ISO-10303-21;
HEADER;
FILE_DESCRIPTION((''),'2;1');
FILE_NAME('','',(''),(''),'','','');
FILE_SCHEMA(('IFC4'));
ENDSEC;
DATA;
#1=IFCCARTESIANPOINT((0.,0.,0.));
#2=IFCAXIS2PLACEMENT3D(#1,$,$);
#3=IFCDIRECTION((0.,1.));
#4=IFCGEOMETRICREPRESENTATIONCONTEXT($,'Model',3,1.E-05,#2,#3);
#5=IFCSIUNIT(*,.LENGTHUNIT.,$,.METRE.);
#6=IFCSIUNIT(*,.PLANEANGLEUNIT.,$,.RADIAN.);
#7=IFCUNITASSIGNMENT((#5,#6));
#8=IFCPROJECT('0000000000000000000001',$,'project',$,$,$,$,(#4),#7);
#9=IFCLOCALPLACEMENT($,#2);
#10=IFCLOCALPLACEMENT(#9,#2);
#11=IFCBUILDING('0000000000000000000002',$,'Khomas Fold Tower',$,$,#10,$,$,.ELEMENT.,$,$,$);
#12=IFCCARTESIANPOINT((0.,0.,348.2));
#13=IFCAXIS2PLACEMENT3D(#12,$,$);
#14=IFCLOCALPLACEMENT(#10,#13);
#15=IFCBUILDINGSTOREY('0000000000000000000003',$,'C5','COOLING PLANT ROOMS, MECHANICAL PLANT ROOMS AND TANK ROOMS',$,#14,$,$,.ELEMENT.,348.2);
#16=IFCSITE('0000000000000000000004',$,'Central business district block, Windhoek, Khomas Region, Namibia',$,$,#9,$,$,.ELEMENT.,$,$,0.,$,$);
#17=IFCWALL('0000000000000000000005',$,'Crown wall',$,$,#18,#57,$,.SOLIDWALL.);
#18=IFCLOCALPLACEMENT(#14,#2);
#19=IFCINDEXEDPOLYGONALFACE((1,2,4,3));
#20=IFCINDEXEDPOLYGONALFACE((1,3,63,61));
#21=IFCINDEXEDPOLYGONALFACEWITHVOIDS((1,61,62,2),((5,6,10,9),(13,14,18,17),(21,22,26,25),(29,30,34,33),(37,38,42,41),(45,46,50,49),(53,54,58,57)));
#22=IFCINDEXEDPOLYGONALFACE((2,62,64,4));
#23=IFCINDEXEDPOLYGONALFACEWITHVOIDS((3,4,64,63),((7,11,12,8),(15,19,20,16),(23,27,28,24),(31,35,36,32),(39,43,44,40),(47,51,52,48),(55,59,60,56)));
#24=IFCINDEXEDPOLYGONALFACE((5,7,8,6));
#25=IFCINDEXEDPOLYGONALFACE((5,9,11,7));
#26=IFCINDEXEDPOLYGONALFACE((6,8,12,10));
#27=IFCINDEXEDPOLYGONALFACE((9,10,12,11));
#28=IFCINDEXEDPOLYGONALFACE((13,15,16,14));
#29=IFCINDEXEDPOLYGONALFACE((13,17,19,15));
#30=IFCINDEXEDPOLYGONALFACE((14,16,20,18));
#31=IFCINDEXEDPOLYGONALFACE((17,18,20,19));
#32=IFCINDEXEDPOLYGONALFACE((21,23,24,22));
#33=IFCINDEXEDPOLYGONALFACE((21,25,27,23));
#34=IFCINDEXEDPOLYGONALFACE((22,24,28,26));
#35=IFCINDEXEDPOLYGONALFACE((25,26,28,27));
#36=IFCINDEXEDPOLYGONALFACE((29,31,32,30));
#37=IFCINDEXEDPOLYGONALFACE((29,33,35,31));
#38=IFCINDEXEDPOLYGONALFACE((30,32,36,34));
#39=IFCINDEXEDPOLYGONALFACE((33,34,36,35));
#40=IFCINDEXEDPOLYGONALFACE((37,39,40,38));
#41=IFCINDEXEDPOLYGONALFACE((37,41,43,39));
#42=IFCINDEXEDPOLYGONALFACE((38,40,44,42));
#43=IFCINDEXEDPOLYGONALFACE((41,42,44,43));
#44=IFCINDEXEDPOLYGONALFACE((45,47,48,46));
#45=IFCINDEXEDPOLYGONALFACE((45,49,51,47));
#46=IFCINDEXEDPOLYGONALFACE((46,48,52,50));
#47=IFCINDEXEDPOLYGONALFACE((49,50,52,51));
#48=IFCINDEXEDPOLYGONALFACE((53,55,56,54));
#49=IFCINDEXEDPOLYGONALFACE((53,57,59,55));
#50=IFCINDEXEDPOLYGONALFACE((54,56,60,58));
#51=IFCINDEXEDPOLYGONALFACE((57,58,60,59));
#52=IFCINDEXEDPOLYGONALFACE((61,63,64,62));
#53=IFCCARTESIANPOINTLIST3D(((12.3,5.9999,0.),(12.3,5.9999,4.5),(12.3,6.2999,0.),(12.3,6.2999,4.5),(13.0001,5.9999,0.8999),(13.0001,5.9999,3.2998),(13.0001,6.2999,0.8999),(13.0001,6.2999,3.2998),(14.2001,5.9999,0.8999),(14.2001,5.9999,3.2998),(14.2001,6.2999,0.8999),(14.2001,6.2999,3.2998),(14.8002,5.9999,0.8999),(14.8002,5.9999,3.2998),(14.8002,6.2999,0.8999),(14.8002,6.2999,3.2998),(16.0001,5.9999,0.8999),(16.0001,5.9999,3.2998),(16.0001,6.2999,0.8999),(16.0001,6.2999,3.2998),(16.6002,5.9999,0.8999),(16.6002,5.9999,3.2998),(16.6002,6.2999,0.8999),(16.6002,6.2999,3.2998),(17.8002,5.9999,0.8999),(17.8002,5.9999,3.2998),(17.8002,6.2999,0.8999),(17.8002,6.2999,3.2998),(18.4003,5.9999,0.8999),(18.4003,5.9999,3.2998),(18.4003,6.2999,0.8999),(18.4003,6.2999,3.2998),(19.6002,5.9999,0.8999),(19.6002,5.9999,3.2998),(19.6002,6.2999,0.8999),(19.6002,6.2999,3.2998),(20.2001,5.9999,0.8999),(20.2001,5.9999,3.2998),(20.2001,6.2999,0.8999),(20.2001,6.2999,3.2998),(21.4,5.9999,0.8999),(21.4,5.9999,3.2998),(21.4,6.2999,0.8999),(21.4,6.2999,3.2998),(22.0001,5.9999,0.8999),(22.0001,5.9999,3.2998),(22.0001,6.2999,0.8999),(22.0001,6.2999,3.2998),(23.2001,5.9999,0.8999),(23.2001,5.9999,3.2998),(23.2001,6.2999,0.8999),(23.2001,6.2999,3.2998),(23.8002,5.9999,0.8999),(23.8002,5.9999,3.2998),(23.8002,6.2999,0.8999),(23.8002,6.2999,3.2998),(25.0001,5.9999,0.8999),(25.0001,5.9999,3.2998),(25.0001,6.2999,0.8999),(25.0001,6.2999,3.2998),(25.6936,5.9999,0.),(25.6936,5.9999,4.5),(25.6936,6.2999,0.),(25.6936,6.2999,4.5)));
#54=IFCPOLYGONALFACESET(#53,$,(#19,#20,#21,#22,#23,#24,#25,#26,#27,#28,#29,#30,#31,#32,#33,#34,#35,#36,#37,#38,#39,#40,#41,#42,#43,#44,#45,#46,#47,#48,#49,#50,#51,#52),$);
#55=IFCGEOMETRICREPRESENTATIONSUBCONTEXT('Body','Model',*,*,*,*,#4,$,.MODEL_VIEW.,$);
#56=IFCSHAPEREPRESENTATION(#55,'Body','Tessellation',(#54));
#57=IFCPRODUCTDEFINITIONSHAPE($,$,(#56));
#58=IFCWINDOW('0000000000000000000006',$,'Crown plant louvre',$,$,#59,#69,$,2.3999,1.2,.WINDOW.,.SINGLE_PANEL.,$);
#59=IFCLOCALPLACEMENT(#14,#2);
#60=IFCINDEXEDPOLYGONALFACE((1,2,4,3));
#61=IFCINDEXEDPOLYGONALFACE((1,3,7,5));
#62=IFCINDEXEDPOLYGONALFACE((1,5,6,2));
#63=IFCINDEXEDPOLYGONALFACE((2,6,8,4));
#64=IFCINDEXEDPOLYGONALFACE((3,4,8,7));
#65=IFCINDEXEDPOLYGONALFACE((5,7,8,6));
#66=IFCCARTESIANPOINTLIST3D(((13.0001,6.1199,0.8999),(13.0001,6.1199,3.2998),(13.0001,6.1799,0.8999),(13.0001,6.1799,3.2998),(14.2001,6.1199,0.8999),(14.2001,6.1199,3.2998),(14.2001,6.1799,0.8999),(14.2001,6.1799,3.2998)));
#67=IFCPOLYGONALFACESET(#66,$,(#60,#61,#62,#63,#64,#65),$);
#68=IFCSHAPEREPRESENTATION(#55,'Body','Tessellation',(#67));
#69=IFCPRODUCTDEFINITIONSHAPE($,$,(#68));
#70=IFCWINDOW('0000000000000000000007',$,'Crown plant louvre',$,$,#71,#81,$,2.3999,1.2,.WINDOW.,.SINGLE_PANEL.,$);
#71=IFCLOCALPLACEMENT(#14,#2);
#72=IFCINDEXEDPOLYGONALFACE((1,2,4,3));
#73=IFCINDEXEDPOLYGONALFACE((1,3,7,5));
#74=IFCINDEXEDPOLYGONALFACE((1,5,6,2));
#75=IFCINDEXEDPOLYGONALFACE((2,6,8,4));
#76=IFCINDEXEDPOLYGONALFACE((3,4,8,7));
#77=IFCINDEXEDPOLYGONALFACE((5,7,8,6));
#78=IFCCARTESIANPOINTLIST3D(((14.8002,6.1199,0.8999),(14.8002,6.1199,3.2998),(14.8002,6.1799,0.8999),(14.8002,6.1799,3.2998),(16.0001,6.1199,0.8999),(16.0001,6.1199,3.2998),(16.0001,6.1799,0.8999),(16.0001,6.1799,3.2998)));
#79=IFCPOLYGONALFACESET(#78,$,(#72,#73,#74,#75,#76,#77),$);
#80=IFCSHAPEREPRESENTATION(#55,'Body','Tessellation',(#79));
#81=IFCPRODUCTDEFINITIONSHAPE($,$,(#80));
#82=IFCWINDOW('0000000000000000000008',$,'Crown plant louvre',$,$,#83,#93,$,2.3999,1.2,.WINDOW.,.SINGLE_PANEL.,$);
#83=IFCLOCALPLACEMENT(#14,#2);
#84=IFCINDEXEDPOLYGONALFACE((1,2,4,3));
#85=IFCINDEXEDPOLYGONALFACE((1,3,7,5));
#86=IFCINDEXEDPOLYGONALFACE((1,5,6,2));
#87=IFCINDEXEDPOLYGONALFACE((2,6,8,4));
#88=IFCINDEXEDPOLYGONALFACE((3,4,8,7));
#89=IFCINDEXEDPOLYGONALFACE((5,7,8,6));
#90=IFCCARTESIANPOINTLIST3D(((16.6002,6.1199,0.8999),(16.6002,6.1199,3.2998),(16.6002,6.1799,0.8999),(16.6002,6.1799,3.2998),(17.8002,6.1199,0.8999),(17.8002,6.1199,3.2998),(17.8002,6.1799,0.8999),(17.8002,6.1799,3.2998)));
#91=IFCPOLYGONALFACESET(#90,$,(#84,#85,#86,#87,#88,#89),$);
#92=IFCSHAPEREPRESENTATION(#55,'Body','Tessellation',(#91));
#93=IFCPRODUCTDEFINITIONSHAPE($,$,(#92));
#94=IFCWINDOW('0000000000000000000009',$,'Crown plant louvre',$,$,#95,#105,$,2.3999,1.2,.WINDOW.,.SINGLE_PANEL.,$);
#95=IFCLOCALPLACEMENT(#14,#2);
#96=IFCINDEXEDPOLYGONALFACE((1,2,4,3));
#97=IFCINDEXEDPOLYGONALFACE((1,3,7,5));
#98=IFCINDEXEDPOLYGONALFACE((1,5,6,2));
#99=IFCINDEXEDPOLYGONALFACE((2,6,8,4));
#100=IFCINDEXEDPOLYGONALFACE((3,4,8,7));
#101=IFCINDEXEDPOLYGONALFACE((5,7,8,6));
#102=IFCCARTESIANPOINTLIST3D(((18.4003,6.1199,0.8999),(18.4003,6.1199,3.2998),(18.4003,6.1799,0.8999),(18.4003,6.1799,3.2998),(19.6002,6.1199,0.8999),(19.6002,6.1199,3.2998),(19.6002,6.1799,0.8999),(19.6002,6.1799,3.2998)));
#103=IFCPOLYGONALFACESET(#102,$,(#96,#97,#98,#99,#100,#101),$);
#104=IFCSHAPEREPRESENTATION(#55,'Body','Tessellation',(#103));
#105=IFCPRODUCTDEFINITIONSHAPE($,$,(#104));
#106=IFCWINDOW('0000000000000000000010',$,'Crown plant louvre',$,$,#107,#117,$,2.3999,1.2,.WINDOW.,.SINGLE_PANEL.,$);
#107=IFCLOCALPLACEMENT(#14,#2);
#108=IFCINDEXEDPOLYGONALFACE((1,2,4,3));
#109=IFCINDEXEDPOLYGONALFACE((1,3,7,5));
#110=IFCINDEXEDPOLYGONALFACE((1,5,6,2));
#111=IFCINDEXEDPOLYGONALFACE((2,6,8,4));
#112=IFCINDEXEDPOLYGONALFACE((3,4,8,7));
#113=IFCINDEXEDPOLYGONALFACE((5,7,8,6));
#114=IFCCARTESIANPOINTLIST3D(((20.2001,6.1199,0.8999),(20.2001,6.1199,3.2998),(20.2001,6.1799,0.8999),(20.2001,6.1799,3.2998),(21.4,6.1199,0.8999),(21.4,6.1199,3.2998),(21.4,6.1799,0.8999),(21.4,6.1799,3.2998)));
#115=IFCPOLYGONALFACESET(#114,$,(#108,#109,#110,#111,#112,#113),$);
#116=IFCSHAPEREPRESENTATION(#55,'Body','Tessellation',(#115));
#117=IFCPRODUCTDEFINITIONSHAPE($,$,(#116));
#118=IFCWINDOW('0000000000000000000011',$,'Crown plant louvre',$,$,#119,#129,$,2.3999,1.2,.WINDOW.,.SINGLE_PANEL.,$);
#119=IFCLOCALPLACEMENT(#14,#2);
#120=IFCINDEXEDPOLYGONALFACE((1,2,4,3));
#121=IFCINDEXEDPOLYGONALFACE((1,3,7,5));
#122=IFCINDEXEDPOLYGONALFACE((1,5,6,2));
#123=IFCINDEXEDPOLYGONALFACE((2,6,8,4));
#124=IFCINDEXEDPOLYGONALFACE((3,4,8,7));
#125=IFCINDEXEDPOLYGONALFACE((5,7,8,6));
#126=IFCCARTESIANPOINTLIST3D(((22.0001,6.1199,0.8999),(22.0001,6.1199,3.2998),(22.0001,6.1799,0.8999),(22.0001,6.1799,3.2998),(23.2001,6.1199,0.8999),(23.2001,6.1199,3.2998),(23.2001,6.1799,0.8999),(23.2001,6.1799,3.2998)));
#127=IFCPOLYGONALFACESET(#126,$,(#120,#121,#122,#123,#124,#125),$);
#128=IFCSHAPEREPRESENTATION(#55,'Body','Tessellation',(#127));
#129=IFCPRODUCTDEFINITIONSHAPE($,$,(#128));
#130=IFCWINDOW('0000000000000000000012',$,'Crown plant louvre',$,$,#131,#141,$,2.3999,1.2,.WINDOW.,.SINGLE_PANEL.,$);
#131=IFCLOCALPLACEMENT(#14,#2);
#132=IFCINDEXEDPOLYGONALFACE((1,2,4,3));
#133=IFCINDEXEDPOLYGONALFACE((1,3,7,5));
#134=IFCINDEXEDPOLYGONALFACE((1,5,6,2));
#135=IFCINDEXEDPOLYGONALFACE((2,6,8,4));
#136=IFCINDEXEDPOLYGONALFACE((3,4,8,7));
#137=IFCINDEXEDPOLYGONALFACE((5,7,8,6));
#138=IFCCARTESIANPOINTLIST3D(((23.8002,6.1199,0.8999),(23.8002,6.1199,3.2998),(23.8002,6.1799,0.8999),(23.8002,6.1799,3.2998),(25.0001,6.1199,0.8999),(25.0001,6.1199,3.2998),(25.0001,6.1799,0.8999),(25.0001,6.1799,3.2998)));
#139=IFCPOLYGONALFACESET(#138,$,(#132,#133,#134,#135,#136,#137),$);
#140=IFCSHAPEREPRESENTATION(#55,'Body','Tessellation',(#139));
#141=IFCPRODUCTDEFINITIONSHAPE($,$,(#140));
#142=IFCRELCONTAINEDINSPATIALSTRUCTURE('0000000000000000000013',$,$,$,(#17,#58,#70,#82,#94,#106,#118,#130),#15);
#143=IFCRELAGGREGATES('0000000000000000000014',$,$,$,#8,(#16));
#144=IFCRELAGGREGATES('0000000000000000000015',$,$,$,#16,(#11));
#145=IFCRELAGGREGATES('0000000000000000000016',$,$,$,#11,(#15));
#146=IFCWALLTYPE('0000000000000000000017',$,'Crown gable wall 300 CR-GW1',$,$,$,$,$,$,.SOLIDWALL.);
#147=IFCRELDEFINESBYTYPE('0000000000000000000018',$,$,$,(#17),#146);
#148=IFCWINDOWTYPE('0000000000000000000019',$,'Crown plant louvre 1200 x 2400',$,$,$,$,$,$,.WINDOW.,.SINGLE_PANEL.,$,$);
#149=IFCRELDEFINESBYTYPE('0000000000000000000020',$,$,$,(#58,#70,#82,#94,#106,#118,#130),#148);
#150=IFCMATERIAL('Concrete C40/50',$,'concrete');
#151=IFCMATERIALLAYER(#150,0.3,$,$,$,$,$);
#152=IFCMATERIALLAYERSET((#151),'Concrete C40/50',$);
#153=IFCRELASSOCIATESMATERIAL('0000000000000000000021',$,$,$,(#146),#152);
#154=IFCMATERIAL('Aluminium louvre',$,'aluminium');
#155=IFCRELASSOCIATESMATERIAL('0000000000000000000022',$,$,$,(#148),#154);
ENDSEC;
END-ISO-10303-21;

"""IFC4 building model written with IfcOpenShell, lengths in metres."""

from ifc_helpers import new_model, si_unit, direction, frame, frame_2d, origin, place, context, subcontext, project, spatial, rectangle, extrude, source, transform, mapped, material, layer, layer_set, type_object, element, fill, save


model = new_model("IFC4")

# Units and contexts
model_context = context("Model", 3, precision=1e-05, world=origin(), true_north=direction((0.0, 1.0)))
body_context = subcontext(model_context, "Body", "Model", "MODEL_VIEW")
ifc_project = project(units=[si_unit("LENGTHUNIT", "METRE"), si_unit("PLANEANGLEUNIT", "RADIAN")], contexts=[model_context])

# Site, building, storey
site_placement = place(None, origin())
site = spatial("IfcSite", under=ifc_project, at=site_placement, Name="Central business district block, Windhoek, Khomas Region, Namibia", CompositionType="ELEMENT", RefElevation=0.0)
building_placement = place(site_placement, origin())
building = spatial("IfcBuilding", under=site, at=building_placement, Name="Khomas Fold Tower", CompositionType="ELEMENT")
storey_placement = place(building_placement, frame((0.0, 0.0, 348.2)))
storey = spatial("IfcBuildingStorey", under=building, at=storey_placement, Name="C5", Description="COOLING PLANT ROOMS, MECHANICAL PLANT ROOMS AND TANK ROOMS", CompositionType="ELEMENT", Elevation=348.2)

# Wall, openings, windows
ifc_material_1 = material(Name="Concrete C40/50", Category="concrete")
ifc_layer_1 = layer(ifc_material_1, 0.3)
ifc_layer_set_1 = layer_set([ifc_layer_1], Name="Concrete C40/50")
wall_type_1 = type_object("IfcWallType", Name="Crown gable wall 300 CR-GW1", PredefinedType="SOLIDWALL", material=ifc_layer_set_1)
shared_shape_1 = source(origin(), body_context, "Body", "SweptSolid", [
    extrude(rectangle(XDim=1.2, YDim=2.3999, at=frame_2d((0.6001, 1.2))), frame((0.0, 0.1599, 0.0), z_axis=(0.0, -1.0, 0.0), x_axis=(1.0, 0.0, 0.0)), (0.0, 0.0, 1.0), 0.3201),
])
ifc_material_2 = material(Name="Aluminium louvre", Category="aluminium")
window_type = type_object("IfcWindowType", Name="Crown plant louvre 1200 x 2400", PartitioningType="SINGLE_PANEL", PredefinedType="WINDOW", material=ifc_material_2)
shared_shape_2 = source(origin(), body_context, "Body", "SweptSolid", [
    extrude(rectangle(XDim=1.2, YDim=2.3999, at=frame_2d((0.6001, 1.2))), frame((0.0, 0.03, 0.0), z_axis=(0.0, -1.0, 0.0), x_axis=(1.0, 0.0, 0.0)), (0.0, 0.0, 1.0), 0.0601),
])
shared_shape_3 = source(origin(), body_context, "Body", "SweptSolid", [
    extrude(rectangle(XDim=13.3936, YDim=0.3, at=frame_2d((6.6968, 0.0))), origin(), (0.0, 0.0, 1.0), 4.5),
])
wall_1_placement = place(storey_placement, frame((12.3, 6.1499, 0.0), z_axis=(0.0, 0.0, 1.0), x_axis=(1.0, 0.0, 0.0)))
wall_1 = element("IfcWall", 1, at=wall_1_placement, inside=storey, type_object=wall_type_1, Name="Crown wall", PredefinedType="SOLIDWALL", context=body_context, shape_type="MappedRepresentation", body=[
    mapped(shared_shape_3, transform((0.0, 0.0, 0.0))),
])
opening_1_placement = place(wall_1_placement, frame((0.7, 0.0, 0.8999)))
opening_1 = element("IfcOpeningElement", 2, at=opening_1_placement, cuts=wall_1, PredefinedType="OPENING", context=body_context, shape_type="MappedRepresentation", body=[
    mapped(shared_shape_1, transform((0.0, 0.0, 0.0))),
])
opening_2_placement = place(wall_1_placement, frame((2.5, 0.0, 0.8999)))
opening_2 = element("IfcOpeningElement", 3, at=opening_2_placement, cuts=wall_1, PredefinedType="OPENING", context=body_context, shape_type="MappedRepresentation", body=[
    mapped(shared_shape_1, transform((0.0, 0.0, 0.0))),
])
opening_3_placement = place(wall_1_placement, frame((4.3, 0.0, 0.8999)))
opening_3 = element("IfcOpeningElement", 4, at=opening_3_placement, cuts=wall_1, PredefinedType="OPENING", context=body_context, shape_type="MappedRepresentation", body=[
    mapped(shared_shape_1, transform((0.0, 0.0, 0.0))),
])
opening_4_placement = place(wall_1_placement, frame((6.1001, 0.0, 0.8999)))
opening_4 = element("IfcOpeningElement", 5, at=opening_4_placement, cuts=wall_1, PredefinedType="OPENING", context=body_context, shape_type="MappedRepresentation", body=[
    mapped(shared_shape_1, transform((0.0, 0.0, 0.0))),
])
opening_5_placement = place(wall_1_placement, frame((7.8999, 0.0, 0.8999)))
opening_5 = element("IfcOpeningElement", 6, at=opening_5_placement, cuts=wall_1, PredefinedType="OPENING", context=body_context, shape_type="MappedRepresentation", body=[
    mapped(shared_shape_1, transform((0.0, 0.0, 0.0))),
])
opening_6_placement = place(wall_1_placement, frame((9.7, 0.0, 0.8999)))
opening_6 = element("IfcOpeningElement", 7, at=opening_6_placement, cuts=wall_1, PredefinedType="OPENING", context=body_context, shape_type="MappedRepresentation", body=[
    mapped(shared_shape_1, transform((0.0, 0.0, 0.0))),
])
opening_7_placement = place(wall_1_placement, frame((11.5, 0.0, 0.8999)))
opening_7 = element("IfcOpeningElement", 8, at=opening_7_placement, cuts=wall_1, PredefinedType="OPENING", context=body_context, shape_type="MappedRepresentation", body=[
    mapped(shared_shape_1, transform((0.0, 0.0, 0.0))),
])
window_1_placement = place(opening_1_placement, origin())
window_1 = element("IfcWindow", 9, at=window_1_placement, inside=storey, type_object=window_type, Name="Crown plant louvre", OverallHeight=2.3999, OverallWidth=1.2, PartitioningType="SINGLE_PANEL", PredefinedType="WINDOW", context=body_context, shape_type="MappedRepresentation", body=[
    mapped(shared_shape_2, transform((0.0, 0.0, 0.0))),
])
fill(opening_1, window_1)
window_2_placement = place(opening_2_placement, origin())
window_2 = element("IfcWindow", 10, at=window_2_placement, inside=storey, type_object=window_type, Name="Crown plant louvre", OverallHeight=2.3999, OverallWidth=1.2, PartitioningType="SINGLE_PANEL", PredefinedType="WINDOW", context=body_context, shape_type="MappedRepresentation", body=[
    mapped(shared_shape_2, transform((0.0, 0.0, 0.0))),
])
fill(opening_2, window_2)
window_3_placement = place(opening_3_placement, origin())
window_3 = element("IfcWindow", 11, at=window_3_placement, inside=storey, type_object=window_type, Name="Crown plant louvre", OverallHeight=2.3999, OverallWidth=1.2, PartitioningType="SINGLE_PANEL", PredefinedType="WINDOW", context=body_context, shape_type="MappedRepresentation", body=[
    mapped(shared_shape_2, transform((0.0, 0.0, 0.0))),
])
fill(opening_3, window_3)
window_4_placement = place(opening_4_placement, origin())
window_4 = element("IfcWindow", 12, at=window_4_placement, inside=storey, type_object=window_type, Name="Crown plant louvre", OverallHeight=2.3999, OverallWidth=1.2, PartitioningType="SINGLE_PANEL", PredefinedType="WINDOW", context=body_context, shape_type="MappedRepresentation", body=[
    mapped(shared_shape_2, transform((0.0, 0.0, 0.0))),
])
fill(opening_4, window_4)
window_5_placement = place(opening_5_placement, origin())
window_5 = element("IfcWindow", 13, at=window_5_placement, inside=storey, type_object=window_type, Name="Crown plant louvre", OverallHeight=2.3999, OverallWidth=1.2, PartitioningType="SINGLE_PANEL", PredefinedType="WINDOW", context=body_context, shape_type="MappedRepresentation", body=[
    mapped(shared_shape_2, transform((0.0, 0.0, 0.0))),
])
fill(opening_5, window_5)
window_6_placement = place(opening_6_placement, origin())
window_6 = element("IfcWindow", 14, at=window_6_placement, inside=storey, type_object=window_type, Name="Crown plant louvre", OverallHeight=2.3999, OverallWidth=1.2, PartitioningType="SINGLE_PANEL", PredefinedType="WINDOW", context=body_context, shape_type="MappedRepresentation", body=[
    mapped(shared_shape_2, transform((0.0, 0.0, 0.0))),
])
fill(opening_6, window_6)
window_7_placement = place(opening_7_placement, origin())
window_7 = element("IfcWindow", 15, at=window_7_placement, inside=storey, type_object=window_type, Name="Crown plant louvre", OverallHeight=2.3999, OverallWidth=1.2, PartitioningType="SINGLE_PANEL", PredefinedType="WINDOW", context=body_context, shape_type="MappedRepresentation", body=[
    mapped(shared_shape_2, transform((0.0, 0.0, 0.0))),
])
fill(opening_7, window_7)

save(model, "model.ifc")
